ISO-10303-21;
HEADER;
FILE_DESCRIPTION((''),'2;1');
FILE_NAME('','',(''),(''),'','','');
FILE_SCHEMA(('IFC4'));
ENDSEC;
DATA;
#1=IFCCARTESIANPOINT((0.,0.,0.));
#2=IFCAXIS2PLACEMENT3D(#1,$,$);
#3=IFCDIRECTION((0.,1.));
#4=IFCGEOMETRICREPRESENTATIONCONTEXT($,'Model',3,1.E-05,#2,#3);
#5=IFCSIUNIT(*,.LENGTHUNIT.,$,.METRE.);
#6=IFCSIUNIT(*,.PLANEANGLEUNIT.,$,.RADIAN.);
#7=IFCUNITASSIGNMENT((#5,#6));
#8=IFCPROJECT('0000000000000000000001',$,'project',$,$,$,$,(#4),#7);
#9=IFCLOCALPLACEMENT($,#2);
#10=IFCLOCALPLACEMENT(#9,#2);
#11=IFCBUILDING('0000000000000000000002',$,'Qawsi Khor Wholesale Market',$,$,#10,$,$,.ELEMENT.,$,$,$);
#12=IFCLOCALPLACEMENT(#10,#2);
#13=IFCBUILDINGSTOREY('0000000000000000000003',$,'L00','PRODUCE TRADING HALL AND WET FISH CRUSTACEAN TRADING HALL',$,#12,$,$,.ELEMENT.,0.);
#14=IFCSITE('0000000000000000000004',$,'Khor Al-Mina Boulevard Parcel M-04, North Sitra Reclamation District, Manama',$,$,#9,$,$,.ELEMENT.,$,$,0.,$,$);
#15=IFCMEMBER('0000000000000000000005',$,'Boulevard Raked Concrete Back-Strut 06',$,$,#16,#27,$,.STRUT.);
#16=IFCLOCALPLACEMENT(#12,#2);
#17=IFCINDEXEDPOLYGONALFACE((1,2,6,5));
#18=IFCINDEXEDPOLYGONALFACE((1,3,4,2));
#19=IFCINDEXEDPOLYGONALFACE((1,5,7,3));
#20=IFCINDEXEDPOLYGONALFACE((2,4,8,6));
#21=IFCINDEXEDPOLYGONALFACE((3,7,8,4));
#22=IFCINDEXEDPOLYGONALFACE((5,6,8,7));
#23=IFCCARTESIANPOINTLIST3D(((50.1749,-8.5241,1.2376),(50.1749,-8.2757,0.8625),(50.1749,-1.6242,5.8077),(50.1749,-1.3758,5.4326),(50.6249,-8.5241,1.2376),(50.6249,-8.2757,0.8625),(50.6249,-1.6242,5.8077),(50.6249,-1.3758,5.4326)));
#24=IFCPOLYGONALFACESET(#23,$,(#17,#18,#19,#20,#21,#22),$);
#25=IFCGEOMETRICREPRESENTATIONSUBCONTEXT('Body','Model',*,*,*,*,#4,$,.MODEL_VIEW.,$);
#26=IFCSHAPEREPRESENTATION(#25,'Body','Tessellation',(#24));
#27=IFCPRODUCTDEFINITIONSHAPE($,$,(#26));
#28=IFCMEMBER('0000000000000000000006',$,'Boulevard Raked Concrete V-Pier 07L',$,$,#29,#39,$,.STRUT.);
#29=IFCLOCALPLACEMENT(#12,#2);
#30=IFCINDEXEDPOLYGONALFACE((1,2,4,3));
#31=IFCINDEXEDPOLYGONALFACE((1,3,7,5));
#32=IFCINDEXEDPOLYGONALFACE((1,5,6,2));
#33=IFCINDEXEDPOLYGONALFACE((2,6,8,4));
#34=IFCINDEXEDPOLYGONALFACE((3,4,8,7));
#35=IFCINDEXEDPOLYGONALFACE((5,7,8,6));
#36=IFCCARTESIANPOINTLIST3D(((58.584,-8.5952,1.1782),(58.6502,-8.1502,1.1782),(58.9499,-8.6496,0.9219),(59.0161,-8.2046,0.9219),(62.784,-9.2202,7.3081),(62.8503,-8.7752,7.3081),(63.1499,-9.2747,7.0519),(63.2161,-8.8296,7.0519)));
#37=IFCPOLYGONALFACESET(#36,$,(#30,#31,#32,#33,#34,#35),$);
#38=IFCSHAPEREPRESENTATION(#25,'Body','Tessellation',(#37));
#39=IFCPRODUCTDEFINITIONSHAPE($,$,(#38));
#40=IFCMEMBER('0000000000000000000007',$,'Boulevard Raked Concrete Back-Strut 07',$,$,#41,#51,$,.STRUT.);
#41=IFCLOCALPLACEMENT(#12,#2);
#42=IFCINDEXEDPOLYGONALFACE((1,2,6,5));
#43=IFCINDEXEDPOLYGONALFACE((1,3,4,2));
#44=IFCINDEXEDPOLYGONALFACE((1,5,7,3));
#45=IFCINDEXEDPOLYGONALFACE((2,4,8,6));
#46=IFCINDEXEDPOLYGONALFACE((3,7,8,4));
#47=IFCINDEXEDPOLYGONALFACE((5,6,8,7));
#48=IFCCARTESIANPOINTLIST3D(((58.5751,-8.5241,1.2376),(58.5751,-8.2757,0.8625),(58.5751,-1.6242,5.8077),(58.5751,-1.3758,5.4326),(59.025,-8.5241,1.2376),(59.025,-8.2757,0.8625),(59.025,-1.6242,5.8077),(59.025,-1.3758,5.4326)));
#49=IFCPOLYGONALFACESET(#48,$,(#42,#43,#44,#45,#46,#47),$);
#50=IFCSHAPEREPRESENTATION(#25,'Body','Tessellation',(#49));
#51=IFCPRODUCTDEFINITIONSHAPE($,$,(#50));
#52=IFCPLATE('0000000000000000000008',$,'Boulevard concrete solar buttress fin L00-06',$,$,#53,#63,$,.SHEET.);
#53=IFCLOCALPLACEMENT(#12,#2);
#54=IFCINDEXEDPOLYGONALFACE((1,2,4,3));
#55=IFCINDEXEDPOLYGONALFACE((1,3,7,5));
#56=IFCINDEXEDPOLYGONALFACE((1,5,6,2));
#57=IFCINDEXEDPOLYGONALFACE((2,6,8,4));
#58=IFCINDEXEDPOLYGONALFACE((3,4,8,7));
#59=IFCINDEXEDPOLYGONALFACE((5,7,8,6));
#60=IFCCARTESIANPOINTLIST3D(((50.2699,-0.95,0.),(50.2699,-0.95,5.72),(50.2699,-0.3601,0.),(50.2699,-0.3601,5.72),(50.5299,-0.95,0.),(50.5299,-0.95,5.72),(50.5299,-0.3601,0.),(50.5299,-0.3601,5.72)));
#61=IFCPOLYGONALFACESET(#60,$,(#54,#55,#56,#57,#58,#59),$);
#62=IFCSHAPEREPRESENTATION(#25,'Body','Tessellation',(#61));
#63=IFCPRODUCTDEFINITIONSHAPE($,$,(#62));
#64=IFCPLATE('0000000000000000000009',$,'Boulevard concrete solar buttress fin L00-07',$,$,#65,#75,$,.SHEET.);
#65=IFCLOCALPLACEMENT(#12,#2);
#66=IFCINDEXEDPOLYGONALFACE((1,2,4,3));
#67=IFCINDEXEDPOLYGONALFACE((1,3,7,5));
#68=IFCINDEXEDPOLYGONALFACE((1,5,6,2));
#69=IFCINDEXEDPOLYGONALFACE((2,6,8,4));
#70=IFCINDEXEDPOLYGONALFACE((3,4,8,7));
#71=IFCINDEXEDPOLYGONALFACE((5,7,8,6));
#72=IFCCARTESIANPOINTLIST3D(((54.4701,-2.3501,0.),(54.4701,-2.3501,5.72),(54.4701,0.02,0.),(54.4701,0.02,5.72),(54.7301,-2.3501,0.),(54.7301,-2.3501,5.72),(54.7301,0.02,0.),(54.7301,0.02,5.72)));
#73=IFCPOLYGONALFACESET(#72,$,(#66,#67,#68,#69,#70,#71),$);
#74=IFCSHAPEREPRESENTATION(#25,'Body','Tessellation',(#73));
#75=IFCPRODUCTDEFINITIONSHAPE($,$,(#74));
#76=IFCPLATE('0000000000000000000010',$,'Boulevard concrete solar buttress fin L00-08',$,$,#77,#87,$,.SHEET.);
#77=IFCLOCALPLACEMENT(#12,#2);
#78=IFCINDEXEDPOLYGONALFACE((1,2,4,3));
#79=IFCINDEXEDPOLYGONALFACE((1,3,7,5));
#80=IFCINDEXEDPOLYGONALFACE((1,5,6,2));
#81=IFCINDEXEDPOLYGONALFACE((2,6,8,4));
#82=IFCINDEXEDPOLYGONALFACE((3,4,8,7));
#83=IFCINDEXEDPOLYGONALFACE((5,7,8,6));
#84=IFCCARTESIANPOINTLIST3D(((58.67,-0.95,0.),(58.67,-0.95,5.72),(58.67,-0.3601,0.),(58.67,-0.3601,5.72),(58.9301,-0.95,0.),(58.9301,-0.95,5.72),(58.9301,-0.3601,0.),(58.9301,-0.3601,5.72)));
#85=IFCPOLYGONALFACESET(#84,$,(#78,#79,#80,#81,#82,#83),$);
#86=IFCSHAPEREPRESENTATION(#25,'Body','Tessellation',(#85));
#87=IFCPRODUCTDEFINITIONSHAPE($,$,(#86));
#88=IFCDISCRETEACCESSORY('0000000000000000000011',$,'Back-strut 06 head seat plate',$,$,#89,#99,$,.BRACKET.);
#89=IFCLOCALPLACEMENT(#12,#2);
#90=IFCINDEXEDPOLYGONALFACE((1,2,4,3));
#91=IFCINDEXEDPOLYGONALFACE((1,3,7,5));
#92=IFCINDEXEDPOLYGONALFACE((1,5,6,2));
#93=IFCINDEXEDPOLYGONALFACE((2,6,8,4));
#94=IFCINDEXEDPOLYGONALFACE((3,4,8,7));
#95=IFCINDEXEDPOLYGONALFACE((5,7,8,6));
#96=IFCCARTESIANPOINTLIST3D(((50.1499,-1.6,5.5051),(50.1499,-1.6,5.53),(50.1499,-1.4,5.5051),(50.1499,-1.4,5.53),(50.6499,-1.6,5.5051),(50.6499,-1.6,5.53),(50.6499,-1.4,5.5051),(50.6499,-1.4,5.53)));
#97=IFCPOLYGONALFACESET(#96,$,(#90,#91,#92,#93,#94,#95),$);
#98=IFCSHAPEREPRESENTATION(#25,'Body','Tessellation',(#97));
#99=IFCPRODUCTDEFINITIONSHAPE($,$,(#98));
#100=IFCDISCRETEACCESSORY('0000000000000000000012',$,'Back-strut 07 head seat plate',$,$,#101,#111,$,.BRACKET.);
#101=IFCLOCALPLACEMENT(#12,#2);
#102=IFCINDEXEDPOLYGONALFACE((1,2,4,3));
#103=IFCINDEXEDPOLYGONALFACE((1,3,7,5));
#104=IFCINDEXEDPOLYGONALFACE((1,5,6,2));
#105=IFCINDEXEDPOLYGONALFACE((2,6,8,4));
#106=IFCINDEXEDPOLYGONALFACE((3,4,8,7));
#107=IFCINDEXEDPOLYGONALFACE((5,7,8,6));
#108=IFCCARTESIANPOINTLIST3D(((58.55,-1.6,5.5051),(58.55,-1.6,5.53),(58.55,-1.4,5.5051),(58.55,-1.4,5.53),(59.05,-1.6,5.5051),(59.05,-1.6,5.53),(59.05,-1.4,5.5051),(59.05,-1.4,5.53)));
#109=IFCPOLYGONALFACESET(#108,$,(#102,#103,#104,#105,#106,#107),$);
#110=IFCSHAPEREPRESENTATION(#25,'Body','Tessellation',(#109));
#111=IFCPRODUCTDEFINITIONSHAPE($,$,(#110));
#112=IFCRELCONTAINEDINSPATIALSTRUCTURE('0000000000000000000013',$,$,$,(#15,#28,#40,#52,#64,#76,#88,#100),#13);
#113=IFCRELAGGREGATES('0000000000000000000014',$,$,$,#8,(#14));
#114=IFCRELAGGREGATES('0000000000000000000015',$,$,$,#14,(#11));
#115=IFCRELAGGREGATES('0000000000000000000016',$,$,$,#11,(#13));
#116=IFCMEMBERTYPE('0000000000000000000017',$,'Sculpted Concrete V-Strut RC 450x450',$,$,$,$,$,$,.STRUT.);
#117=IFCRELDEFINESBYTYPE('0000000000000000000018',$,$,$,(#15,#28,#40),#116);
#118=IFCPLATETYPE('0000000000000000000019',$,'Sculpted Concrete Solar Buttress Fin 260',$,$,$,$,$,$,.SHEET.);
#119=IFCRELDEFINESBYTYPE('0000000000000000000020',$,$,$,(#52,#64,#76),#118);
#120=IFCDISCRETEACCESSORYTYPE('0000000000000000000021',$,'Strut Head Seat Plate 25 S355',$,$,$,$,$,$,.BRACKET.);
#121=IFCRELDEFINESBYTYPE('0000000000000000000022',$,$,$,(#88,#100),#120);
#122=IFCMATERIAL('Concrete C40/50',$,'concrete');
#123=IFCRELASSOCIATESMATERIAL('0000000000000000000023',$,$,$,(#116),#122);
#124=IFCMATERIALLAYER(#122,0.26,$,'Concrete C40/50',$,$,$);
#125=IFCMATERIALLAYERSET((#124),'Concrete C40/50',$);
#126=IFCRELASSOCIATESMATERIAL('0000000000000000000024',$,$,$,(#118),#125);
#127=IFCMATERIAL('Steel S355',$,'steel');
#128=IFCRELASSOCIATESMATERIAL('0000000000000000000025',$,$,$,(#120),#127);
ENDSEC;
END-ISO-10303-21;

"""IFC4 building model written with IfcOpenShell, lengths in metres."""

from ifc_helpers import new_model, si_unit, direction, frame, frame_2d, origin, origin_2d, place, context, subcontext, project, spatial, rectangle, extrude, material, layer, layer_set, material_profile, profile_set, type_object, element, save


model = new_model("IFC4")

# Units and contexts
model_context = context("Model", 3, precision=1e-05, world=origin(), true_north=direction((0.0, 1.0)))
body_context = subcontext(model_context, "Body", "Model", "MODEL_VIEW")
ifc_project = project(units=[si_unit("LENGTHUNIT", "METRE"), si_unit("PLANEANGLEUNIT", "RADIAN")], contexts=[model_context])

# Site, building, storey
site_placement = place(None, origin())
site = spatial("IfcSite", under=ifc_project, at=site_placement, Name="Khor Al-Mina Boulevard Parcel M-04, North Sitra Reclamation District, Manama", CompositionType="ELEMENT", RefElevation=0.0)
building_placement = place(site_placement, origin())
building = spatial("IfcBuilding", under=site, at=building_placement, Name="Qawsi Khor Wholesale Market", CompositionType="ELEMENT")
storey_placement = place(building_placement, origin())
storey = spatial("IfcBuildingStorey", under=building, at=storey_placement, Name="L00", Description="PRODUCE TRADING HALL AND WET FISH CRUSTACEAN TRADING HALL", CompositionType="ELEMENT", Elevation=0.0)

# Shared definitions
ifc_material_1 = material(Name="Concrete C40/50", Category="concrete")

# Members
ifc_material_profile_1 = material_profile(ifc_material_1, rectangle(XDim=0.45, YDim=0.45, at=origin_2d()), Name="RC 450x450")
ifc_profile_set_1 = profile_set([ifc_material_profile_1], Name="Concrete C40/50")
member_type = type_object("IfcMemberType", Name="Sculpted Concrete V-Strut RC 450x450", PredefinedType="STRUT", material=ifc_profile_set_1)
member_1_placement = place(storey_placement, frame((50.3999, -8.3999, 1.05), z_axis=(0.0, 0.833712, 0.552199), x_axis=(-1.0, 0.0, 0.0)))
element("IfcMember", 1, at=member_1_placement, inside=storey, type_object=member_type, Name="Boulevard Raked Concrete Back-Strut 06", PredefinedType="STRUT", context=body_context, shape_type="SweptSolid", body=[
    extrude(rectangle(XDim=0.45, YDim=0.45, at=origin_2d()), origin(), (0.0, 0.0, 1.0), 8.2761),
])
member_2_placement = place(storey_placement, frame((58.8, -8.3999, 1.05), z_axis=(0.563229, -0.083815, 0.822039), x_axis=(0.14719, 0.989108, 0.0)))
element("IfcMember", 2, at=member_2_placement, inside=storey, type_object=member_type, Name="Boulevard Raked Concrete V-Pier 07L", PredefinedType="STRUT", context=body_context, shape_type="SweptSolid", body=[
    extrude(rectangle(XDim=0.45, YDim=0.45, at=origin_2d()), origin(), (0.0, 0.0, 1.0), 7.457),
])
member_3_placement = place(storey_placement, frame((58.8, -8.3999, 1.05), z_axis=(0.0, 0.833712, 0.552199), x_axis=(-1.0, 0.0, 0.0)))
element("IfcMember", 3, at=member_3_placement, inside=storey, type_object=member_type, Name="Boulevard Raked Concrete Back-Strut 07", PredefinedType="STRUT", context=body_context, shape_type="SweptSolid", body=[
    extrude(rectangle(XDim=0.45, YDim=0.45, at=origin_2d()), origin(), (0.0, 0.0, 1.0), 8.2761),
])

# Plates
ifc_layer_1 = layer(ifc_material_1, 0.26, Name="Concrete C40/50")
ifc_layer_set_1 = layer_set([ifc_layer_1], Name="Concrete C40/50")
plate_type = type_object("IfcPlateType", Name="Sculpted Concrete Solar Buttress Fin 260", PredefinedType="SHEET", material=ifc_layer_set_1)
plate_1_placement = place(storey_placement, frame((50.3999, -0.95, 0.0), z_axis=(0.0, 0.0, 1.0), x_axis=(0.0, 1.0, 0.0)))
element("IfcPlate", 4, at=plate_1_placement, inside=storey, type_object=plate_type, Name="Boulevard concrete solar buttress fin L00-06", PredefinedType="SHEET", context=body_context, shape_type="SweptSolid", body=[
    extrude(rectangle(XDim=0.5898, YDim=0.26, at=frame_2d((0.2949, 0.0))), origin(), (0.0, 0.0, 1.0), 5.72),
])
plate_2_placement = place(storey_placement, frame((54.6001, -2.3501, 0.0), z_axis=(0.0, 0.0, 1.0), x_axis=(0.0, 1.0, 0.0)))
element("IfcPlate", 5, at=plate_2_placement, inside=storey, type_object=plate_type, Name="Boulevard concrete solar buttress fin L00-07", PredefinedType="SHEET", context=body_context, shape_type="SweptSolid", body=[
    extrude(rectangle(XDim=2.3701, YDim=0.26, at=frame_2d((1.1851, 0.0))), origin(), (0.0, 0.0, 1.0), 5.72),
])
plate_3_placement = place(storey_placement, frame((58.8, -0.95, 0.0), z_axis=(0.0, 0.0, 1.0), x_axis=(0.0, 1.0, 0.0)))
element("IfcPlate", 6, at=plate_3_placement, inside=storey, type_object=plate_type, Name="Boulevard concrete solar buttress fin L00-08", PredefinedType="SHEET", context=body_context, shape_type="SweptSolid", body=[
    extrude(rectangle(XDim=0.5898, YDim=0.26, at=frame_2d((0.2949, 0.0))), origin(), (0.0, 0.0, 1.0), 5.72),
])

# Discrete accessories
ifc_material_2 = material(Name="Steel S355", Category="steel")
discrete_accessory_type = type_object("IfcDiscreteAccessoryType", Name="Strut Head Seat Plate 25 S355", PredefinedType="BRACKET", material=ifc_material_2)
for number, where, z_axis, x_axis, name in (
    (7, (50.3999, -1.5, 5.5051), (0.0, 0.0, 1.0), (1.0, 0.0, 0.0), "Back-strut 06 head seat plate"),
    (8, (58.8, -1.5, 5.5051), (0.0, 0.0, 1.0), (1.0, 0.0, 0.0), "Back-strut 07 head seat plate"),
):
    element("IfcDiscreteAccessory", number, at=place(storey_placement, frame(where, z_axis=z_axis, x_axis=x_axis)), inside=storey, type_object=discrete_accessory_type, Name=name, PredefinedType="BRACKET", context=body_context, shape_type="SweptSolid", body=[
        extrude(rectangle(XDim=0.5, YDim=0.2, at=origin_2d()), origin(), (0.0, 0.0, 1.0), 0.0249),
    ])

save(model, "model.ifc")
